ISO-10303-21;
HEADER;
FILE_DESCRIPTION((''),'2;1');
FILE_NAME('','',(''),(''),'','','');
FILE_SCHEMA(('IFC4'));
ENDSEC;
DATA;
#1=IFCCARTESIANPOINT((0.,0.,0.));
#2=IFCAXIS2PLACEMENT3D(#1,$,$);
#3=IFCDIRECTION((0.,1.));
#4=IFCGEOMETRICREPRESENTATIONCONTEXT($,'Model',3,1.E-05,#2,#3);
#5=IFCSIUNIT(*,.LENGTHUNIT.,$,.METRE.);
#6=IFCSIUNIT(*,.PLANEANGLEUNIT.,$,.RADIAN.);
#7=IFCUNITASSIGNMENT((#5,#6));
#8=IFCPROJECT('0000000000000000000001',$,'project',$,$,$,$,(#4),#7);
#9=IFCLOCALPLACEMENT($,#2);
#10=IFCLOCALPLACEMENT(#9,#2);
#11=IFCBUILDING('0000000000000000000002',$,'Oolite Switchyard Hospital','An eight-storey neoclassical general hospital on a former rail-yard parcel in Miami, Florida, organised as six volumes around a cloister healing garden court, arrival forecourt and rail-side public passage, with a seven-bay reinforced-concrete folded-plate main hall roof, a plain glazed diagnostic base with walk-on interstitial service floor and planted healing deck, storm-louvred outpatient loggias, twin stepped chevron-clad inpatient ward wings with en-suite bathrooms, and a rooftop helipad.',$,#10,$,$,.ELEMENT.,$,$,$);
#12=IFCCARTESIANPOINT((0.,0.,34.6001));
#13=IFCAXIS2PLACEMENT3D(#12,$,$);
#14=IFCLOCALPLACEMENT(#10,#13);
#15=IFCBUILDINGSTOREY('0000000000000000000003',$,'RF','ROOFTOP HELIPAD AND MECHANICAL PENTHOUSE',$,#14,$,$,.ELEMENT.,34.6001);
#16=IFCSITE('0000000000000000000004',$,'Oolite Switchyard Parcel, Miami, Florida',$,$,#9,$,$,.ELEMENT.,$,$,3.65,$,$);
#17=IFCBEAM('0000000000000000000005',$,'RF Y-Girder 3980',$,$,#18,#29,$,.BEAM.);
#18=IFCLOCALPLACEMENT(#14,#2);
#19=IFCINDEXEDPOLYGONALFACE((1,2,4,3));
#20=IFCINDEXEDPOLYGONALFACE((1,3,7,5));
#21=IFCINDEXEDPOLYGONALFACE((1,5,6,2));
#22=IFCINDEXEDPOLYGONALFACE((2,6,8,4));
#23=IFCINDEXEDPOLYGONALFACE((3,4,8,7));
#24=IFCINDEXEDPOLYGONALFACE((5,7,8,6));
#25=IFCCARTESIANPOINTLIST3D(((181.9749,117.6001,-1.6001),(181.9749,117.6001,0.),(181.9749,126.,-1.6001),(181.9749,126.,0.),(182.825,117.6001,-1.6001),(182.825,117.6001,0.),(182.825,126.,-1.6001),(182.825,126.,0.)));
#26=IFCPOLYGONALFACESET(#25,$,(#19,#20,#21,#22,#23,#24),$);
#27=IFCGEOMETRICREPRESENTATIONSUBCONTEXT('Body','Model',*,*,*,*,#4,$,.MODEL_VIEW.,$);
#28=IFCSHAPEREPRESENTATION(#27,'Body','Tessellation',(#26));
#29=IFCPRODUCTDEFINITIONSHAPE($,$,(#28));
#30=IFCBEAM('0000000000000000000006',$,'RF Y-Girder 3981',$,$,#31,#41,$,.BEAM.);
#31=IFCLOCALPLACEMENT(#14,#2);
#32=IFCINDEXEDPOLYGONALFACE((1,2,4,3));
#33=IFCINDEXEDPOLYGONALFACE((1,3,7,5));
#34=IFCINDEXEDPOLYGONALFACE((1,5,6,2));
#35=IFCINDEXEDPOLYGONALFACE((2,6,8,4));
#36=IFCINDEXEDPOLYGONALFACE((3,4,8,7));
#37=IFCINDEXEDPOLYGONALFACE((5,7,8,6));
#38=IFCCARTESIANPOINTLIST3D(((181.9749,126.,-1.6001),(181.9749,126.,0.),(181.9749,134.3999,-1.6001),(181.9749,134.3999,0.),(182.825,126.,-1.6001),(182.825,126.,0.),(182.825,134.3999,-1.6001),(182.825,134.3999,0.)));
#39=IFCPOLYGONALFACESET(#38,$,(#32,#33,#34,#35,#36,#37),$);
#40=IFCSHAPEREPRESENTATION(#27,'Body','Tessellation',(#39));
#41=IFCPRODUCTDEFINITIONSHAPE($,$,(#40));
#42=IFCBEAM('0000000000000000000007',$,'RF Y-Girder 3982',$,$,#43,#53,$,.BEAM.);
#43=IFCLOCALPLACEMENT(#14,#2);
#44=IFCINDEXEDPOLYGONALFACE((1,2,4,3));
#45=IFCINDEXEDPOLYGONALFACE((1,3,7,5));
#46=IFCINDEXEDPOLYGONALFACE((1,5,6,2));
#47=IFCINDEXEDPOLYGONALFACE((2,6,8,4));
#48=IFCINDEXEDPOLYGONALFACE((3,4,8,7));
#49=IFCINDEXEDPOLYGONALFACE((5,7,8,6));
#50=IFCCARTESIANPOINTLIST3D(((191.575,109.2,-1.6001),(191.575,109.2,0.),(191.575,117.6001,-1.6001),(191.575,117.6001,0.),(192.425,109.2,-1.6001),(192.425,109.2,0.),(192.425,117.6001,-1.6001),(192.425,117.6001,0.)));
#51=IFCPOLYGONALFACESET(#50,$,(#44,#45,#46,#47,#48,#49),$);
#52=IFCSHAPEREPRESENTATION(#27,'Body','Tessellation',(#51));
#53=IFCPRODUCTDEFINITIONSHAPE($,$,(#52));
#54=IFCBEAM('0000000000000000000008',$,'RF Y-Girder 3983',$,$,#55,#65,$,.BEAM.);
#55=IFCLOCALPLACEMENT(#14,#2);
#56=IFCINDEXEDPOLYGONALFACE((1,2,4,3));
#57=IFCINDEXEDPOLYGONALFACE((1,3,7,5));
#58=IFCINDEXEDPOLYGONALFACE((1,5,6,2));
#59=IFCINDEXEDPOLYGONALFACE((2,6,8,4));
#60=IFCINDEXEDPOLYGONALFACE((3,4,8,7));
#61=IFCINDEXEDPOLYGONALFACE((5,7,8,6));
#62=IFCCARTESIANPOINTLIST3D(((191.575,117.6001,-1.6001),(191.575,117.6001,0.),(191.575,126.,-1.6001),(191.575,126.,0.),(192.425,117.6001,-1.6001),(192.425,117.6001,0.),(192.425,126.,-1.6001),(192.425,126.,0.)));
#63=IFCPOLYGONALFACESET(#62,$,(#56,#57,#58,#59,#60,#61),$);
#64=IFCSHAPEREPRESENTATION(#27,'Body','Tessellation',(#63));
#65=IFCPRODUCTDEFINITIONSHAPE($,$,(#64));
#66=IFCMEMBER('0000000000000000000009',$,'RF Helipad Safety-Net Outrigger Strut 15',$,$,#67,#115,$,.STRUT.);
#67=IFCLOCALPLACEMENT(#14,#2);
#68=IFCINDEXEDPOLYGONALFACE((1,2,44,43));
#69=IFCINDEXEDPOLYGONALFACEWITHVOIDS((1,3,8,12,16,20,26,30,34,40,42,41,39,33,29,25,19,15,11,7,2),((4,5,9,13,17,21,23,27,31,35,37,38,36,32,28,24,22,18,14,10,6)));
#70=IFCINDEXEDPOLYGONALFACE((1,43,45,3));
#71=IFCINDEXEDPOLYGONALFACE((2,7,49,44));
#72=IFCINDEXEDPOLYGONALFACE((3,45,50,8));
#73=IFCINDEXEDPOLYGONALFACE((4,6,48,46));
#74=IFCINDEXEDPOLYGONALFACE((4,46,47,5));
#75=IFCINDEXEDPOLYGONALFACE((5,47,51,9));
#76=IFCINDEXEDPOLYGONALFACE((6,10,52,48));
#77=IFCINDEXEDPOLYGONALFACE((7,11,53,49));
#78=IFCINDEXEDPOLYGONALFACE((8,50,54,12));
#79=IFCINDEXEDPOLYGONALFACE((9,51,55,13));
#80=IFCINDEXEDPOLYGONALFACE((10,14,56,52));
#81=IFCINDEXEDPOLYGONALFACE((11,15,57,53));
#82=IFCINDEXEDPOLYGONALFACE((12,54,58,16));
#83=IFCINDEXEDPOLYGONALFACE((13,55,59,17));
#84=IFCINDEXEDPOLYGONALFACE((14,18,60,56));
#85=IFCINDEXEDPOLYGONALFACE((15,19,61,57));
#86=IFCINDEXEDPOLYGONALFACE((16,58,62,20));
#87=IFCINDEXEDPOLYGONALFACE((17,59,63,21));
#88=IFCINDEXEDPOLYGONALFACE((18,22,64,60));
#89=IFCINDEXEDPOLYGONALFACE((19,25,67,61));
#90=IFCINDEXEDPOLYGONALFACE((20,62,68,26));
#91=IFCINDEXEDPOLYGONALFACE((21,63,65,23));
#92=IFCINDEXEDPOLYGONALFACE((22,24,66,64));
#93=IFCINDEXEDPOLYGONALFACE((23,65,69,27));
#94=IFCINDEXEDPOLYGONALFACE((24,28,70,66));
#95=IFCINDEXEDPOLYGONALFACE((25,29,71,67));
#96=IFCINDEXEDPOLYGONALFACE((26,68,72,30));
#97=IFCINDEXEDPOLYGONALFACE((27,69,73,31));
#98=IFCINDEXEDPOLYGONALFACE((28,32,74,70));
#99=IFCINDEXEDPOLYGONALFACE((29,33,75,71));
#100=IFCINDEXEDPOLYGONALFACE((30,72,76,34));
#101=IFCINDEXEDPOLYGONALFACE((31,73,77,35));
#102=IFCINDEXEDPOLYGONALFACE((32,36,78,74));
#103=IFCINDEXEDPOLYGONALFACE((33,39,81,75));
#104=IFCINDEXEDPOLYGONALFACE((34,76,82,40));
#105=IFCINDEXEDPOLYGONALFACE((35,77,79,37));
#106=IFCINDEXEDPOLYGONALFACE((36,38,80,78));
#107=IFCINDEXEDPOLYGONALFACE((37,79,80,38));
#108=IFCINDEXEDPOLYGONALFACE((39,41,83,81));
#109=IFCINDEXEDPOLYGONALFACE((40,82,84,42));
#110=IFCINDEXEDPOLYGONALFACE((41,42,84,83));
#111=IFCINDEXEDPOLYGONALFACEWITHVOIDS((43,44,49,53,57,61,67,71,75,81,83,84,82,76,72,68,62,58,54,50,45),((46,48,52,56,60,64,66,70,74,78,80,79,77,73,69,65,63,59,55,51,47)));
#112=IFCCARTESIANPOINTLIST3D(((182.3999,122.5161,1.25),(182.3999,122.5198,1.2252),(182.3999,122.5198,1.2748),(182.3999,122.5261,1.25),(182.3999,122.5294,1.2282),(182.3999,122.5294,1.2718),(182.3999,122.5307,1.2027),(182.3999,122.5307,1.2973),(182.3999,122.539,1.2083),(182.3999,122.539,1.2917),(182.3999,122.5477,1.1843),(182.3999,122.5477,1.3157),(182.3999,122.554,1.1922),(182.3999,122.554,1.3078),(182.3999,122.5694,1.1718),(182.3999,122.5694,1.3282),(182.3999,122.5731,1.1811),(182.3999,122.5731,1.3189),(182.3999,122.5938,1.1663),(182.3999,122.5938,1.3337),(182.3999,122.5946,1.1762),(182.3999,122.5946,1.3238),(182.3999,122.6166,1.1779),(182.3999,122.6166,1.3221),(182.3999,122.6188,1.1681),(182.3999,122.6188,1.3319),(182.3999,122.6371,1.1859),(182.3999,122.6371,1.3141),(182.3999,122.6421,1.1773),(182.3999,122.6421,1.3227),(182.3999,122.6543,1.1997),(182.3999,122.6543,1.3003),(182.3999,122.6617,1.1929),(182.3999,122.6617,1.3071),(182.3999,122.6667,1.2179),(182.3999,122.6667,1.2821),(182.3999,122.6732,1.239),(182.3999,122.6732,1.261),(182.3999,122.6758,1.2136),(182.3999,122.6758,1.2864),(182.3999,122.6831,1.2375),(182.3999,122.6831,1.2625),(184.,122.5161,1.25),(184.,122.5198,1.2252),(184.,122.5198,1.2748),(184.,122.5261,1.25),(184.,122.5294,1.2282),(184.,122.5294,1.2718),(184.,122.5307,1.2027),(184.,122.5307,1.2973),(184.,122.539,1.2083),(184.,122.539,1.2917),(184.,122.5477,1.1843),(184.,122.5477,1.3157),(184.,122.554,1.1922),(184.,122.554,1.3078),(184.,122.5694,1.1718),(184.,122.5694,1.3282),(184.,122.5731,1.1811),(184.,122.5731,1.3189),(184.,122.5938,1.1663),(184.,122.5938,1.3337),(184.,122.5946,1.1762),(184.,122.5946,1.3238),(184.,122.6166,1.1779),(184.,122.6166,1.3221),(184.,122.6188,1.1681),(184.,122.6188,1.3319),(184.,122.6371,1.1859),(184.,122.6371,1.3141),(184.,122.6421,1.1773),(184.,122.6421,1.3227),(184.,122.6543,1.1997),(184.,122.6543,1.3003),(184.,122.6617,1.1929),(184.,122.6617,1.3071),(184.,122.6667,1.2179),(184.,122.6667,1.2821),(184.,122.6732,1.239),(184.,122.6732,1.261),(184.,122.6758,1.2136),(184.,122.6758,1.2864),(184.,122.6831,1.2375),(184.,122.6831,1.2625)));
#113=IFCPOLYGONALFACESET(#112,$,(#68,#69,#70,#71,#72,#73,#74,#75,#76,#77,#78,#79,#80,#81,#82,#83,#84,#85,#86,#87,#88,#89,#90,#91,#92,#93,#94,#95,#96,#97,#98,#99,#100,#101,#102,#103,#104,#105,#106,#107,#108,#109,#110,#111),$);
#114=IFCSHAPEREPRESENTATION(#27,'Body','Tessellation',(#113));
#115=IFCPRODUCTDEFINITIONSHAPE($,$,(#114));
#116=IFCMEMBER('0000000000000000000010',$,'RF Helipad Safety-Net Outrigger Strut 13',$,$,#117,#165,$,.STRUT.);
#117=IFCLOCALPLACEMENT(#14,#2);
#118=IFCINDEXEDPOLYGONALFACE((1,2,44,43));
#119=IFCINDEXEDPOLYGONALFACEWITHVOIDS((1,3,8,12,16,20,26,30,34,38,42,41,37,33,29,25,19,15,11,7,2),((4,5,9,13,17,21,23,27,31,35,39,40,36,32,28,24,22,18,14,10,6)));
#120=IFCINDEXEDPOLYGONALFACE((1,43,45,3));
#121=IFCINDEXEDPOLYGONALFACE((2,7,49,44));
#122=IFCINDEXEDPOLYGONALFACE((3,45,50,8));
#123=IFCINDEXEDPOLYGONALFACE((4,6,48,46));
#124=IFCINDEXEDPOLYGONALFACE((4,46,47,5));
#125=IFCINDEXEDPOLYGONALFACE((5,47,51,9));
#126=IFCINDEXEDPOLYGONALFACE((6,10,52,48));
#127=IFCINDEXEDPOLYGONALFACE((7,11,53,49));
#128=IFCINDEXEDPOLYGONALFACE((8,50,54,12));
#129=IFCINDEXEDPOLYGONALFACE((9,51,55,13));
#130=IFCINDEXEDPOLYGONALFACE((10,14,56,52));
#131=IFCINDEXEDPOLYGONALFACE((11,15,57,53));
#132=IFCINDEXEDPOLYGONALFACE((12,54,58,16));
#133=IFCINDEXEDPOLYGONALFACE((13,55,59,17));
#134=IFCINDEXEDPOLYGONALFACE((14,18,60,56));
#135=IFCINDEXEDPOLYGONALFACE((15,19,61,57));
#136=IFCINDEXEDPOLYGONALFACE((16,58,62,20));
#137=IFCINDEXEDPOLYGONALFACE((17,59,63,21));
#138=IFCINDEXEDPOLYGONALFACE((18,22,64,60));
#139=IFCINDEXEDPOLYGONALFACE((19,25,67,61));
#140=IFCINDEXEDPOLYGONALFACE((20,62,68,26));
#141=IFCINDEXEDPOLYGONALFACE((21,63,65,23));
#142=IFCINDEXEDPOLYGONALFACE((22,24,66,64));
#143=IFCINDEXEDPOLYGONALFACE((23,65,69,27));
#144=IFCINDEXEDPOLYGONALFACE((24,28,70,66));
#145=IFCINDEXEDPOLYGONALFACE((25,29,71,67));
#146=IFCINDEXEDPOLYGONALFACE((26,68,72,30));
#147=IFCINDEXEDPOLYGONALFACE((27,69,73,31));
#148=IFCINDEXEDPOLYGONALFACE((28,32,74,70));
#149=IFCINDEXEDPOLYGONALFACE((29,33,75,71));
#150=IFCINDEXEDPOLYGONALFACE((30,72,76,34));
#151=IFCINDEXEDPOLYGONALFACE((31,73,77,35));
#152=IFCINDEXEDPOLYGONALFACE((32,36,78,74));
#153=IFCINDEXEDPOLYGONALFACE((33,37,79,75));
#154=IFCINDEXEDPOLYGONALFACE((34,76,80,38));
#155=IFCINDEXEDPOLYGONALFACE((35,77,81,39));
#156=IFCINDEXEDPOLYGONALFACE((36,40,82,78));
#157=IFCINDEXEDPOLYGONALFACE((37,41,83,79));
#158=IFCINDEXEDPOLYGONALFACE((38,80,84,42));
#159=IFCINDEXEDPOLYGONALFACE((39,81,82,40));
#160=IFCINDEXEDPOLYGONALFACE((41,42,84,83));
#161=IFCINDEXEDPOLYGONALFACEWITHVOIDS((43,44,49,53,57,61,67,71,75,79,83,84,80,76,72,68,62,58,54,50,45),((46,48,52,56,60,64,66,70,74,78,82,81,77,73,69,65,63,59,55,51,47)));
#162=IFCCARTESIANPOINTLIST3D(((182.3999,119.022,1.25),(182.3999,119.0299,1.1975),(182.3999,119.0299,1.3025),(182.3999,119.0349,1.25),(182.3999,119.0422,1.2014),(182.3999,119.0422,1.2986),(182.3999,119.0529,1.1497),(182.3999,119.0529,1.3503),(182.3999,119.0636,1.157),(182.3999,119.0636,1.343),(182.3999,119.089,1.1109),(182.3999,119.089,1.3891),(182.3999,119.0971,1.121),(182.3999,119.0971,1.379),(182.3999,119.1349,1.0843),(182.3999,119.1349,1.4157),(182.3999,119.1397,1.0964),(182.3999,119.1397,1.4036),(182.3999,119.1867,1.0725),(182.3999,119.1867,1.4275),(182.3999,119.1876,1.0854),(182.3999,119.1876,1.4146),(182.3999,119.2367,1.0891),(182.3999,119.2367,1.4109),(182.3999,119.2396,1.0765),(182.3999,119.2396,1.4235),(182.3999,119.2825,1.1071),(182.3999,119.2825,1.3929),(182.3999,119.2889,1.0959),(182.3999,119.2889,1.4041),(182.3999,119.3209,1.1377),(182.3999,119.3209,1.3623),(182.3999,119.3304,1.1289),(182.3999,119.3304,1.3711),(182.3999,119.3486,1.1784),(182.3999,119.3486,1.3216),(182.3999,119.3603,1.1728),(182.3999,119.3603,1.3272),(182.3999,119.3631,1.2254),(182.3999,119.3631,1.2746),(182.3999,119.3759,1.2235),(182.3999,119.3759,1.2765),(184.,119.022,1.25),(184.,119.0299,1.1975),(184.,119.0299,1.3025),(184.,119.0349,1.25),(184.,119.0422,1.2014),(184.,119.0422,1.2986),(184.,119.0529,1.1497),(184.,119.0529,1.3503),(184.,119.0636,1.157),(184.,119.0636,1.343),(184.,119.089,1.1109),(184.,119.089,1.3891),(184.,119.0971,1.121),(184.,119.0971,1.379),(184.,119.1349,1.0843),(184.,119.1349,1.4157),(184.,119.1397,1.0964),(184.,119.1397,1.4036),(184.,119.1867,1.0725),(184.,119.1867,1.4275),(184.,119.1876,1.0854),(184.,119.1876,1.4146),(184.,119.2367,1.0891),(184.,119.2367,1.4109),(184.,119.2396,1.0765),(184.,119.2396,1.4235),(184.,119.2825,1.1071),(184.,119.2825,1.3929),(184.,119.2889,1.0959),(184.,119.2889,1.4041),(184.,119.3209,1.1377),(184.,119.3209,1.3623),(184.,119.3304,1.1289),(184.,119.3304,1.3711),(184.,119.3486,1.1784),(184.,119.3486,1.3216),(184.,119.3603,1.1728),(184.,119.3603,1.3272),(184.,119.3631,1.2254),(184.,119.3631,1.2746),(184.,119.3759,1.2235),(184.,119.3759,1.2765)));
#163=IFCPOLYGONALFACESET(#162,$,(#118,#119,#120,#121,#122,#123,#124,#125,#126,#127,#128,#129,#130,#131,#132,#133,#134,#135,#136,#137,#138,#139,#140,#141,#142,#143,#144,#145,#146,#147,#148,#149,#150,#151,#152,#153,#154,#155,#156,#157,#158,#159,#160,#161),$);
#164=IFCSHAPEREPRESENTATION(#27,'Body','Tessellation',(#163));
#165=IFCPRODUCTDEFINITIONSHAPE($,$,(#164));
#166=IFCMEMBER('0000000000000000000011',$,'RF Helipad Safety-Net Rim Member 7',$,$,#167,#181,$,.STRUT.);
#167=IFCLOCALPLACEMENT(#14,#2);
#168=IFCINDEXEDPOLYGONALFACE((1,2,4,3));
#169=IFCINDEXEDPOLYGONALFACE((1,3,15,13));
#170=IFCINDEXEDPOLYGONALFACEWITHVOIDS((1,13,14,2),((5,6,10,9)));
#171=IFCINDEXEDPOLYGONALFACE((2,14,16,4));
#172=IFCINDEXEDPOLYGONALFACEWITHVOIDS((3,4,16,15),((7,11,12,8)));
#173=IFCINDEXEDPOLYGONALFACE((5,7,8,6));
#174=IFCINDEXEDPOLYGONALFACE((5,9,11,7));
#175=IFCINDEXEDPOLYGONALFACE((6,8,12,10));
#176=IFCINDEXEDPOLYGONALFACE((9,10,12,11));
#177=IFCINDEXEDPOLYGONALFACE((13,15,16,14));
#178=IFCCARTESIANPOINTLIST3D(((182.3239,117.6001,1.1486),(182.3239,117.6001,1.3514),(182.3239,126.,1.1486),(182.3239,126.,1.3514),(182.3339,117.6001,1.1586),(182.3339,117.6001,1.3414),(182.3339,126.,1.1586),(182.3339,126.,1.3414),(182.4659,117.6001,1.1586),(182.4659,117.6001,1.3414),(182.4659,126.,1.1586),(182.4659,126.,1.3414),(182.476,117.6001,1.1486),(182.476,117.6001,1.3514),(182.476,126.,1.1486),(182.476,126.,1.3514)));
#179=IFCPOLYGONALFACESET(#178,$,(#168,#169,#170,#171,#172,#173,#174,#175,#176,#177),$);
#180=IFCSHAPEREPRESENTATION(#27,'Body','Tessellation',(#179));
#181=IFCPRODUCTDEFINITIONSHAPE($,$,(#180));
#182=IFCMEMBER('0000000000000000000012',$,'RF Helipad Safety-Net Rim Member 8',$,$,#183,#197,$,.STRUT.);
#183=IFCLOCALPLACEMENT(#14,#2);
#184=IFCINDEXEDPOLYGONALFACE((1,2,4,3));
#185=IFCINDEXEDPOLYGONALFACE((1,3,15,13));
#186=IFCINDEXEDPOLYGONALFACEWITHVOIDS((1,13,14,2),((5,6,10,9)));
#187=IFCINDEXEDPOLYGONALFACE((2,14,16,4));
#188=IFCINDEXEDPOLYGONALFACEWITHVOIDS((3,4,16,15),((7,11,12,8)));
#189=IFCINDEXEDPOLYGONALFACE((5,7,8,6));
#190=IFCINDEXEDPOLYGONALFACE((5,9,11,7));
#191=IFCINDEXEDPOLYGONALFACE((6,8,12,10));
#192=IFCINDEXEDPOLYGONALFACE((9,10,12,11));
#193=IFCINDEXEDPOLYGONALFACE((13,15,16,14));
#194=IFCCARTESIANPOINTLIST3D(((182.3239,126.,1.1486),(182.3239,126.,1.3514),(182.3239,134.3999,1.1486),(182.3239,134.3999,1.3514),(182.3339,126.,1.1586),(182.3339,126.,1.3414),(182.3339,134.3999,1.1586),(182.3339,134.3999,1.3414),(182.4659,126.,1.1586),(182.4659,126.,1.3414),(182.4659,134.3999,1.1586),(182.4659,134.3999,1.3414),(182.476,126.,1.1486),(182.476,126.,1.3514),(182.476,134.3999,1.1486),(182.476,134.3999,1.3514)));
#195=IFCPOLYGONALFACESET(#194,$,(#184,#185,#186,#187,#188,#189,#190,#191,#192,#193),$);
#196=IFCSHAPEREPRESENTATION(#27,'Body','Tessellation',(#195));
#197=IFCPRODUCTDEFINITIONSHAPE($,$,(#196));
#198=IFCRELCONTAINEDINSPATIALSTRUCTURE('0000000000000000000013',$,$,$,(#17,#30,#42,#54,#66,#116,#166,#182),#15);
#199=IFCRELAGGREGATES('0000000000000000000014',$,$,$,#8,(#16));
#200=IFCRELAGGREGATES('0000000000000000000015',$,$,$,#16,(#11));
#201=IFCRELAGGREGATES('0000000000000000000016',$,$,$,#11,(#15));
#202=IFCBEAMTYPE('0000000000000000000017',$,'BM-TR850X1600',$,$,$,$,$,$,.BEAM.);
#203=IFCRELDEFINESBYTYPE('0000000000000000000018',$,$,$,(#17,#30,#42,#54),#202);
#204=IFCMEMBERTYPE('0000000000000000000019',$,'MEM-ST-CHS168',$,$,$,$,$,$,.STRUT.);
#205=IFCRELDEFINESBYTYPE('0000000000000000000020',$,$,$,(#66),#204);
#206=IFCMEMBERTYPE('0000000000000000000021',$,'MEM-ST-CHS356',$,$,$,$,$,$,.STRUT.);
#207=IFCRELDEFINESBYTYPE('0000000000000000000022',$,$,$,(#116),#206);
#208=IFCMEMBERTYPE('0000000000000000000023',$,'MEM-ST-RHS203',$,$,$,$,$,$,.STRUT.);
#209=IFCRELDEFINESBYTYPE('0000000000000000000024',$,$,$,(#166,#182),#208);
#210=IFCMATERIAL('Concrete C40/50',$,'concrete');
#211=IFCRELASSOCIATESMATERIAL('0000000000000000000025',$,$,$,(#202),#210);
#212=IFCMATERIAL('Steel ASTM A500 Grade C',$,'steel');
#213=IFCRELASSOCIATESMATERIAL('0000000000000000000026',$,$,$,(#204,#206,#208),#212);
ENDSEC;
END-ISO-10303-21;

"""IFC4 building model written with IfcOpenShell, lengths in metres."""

from ifc_helpers import new_model, si_unit, direction, frame, origin, origin_2d, place, context, subcontext, project, spatial, rectangle, hollow_rectangle, hollow_circle, extrude, material, material_profile, profile_set, type_object, element, save


model = new_model("IFC4")

# Units and contexts
model_context = context("Model", 3, precision=1e-05, world=origin(), true_north=direction((0.0, 1.0)))
body_context = subcontext(model_context, "Body", "Model", "MODEL_VIEW")
ifc_project = project(units=[si_unit("LENGTHUNIT", "METRE"), si_unit("PLANEANGLEUNIT", "RADIAN")], contexts=[model_context])

# Site, building, storey
site_placement = place(None, origin())
site = spatial("IfcSite", under=ifc_project, at=site_placement, Name="Oolite Switchyard Parcel, Miami, Florida", CompositionType="ELEMENT", RefElevation=3.65)
building_placement = place(site_placement, origin())
building = spatial("IfcBuilding", under=site, at=building_placement, Name="Oolite Switchyard Hospital", Description="An eight-storey neoclassical general hospital on a former rail-yard parcel in Miami, Florida, organised as six volumes around a cloister healing garden court, arrival forecourt and rail-side public passage, with a seven-bay reinforced-concrete folded-plate main hall roof, a plain glazed diagnostic base with walk-on interstitial service floor and planted healing deck, storm-louvred outpatient loggias, twin stepped chevron-clad inpatient ward wings with en-suite bathrooms, and a rooftop helipad.", CompositionType="ELEMENT")
storey_placement = place(building_placement, frame((0.0, 0.0, 34.6001)))
storey = spatial("IfcBuildingStorey", under=building, at=storey_placement, Name="RF", Description="ROOFTOP HELIPAD AND MECHANICAL PENTHOUSE", CompositionType="ELEMENT", Elevation=34.6001)

# Shared definitions
ifc_material_1 = material(Name="Steel ASTM A500 Grade C", Category="steel")

# Beams
ifc_material_2 = material(Name="Concrete C40/50", Category="concrete")
ifc_material_profile_1 = material_profile(ifc_material_2, rectangle(XDim=0.8501, YDim=1.6001, at=origin_2d()), Name="RCT850X1600")
ifc_profile_set_1 = profile_set([ifc_material_profile_1], Name="Concrete C40/50")
beam_type_1 = type_object("IfcBeamType", Name="BM-TR850X1600", PredefinedType="BEAM", material=ifc_profile_set_1)
for number, where, z_axis, x_axis, name in (
    (1, (182.3999, 117.6001, -0.8), (0.0, 1.0, 0.0), (-1.0, 0.0, 0.0), "RF Y-Girder 3980"),
    (2, (182.3999, 126.0, -0.8), (0.0, 1.0, 0.0), (-1.0, 0.0, 0.0), "RF Y-Girder 3981"),
):
    element("IfcBeam", number, at=place(storey_placement, frame(where, z_axis=z_axis, x_axis=x_axis)), inside=storey, type_object=beam_type_1, Name=name, PredefinedType="BEAM", context=body_context, shape_type="SweptSolid", body=[
        extrude(rectangle(XDim=0.8501, YDim=1.6001, at=origin_2d()), origin(), (0.0, 0.0, 1.0), 8.3999),
    ])
beam_1_placement = place(storey_placement, frame((192.0, 109.2, -0.8), z_axis=(0.0, 1.0, 0.0), x_axis=(-1.0, 0.0, 0.0)))
element("IfcBeam", 3, at=beam_1_placement, inside=storey, type_object=beam_type_1, Name="RF Y-Girder 3982", PredefinedType="BEAM", context=body_context, shape_type="SweptSolid", body=[
    extrude(rectangle(XDim=0.8501, YDim=1.6001, at=origin_2d()), origin(), (0.0, 0.0, 1.0), 8.4001),
])
beam_2_placement = place(storey_placement, frame((192.0, 117.6001, -0.8), z_axis=(0.0, 1.0, 0.0), x_axis=(-1.0, 0.0, 0.0)))
element("IfcBeam", 4, at=beam_2_placement, inside=storey, type_object=beam_type_1, Name="RF Y-Girder 3983", PredefinedType="BEAM", context=body_context, shape_type="SweptSolid", body=[
    extrude(rectangle(XDim=0.8501, YDim=1.6001, at=origin_2d()), origin(), (0.0, 0.0, 1.0), 8.3999),
])

# Members
ifc_material_profile_2 = material_profile(ifc_material_1, hollow_circle(Radius=0.084, WallThickness=0.01, at=origin_2d()), Name="HSS168X10")
ifc_profile_set_2 = profile_set([ifc_material_profile_2], Name="Steel ASTM A500 Grade C")
member_type_1 = type_object("IfcMemberType", Name="MEM-ST-CHS168", PredefinedType="STRUT", material=ifc_profile_set_2)
member_1_placement = place(storey_placement, frame((184.0, 122.6001, 1.25), z_axis=(-1.0, 0.0, 0.0), x_axis=(0.0, -1.0, 0.0)))
element("IfcMember", 5, at=member_1_placement, inside=storey, type_object=member_type_1, Name="RF Helipad Safety-Net Outrigger Strut 15", PredefinedType="STRUT", context=body_context, shape_type="SweptSolid", body=[
    extrude(hollow_circle(Radius=0.084, WallThickness=0.01, at=origin_2d()), origin(), (0.0, 0.0, 1.0), 1.6001),
])
ifc_material_profile_3 = material_profile(ifc_material_1, hollow_circle(Radius=0.178, WallThickness=0.0129, at=origin_2d()), Name="HSS356X13")
ifc_profile_set_3 = profile_set([ifc_material_profile_3], Name="Steel ASTM A500 Grade C")
member_type_2 = type_object("IfcMemberType", Name="MEM-ST-CHS356", PredefinedType="STRUT", material=ifc_profile_set_3)
member_2_placement = place(storey_placement, frame((184.0, 119.2, 1.25), z_axis=(-1.0, 0.0, 0.0), x_axis=(0.0, -1.0, 0.0)))
element("IfcMember", 6, at=member_2_placement, inside=storey, type_object=member_type_2, Name="RF Helipad Safety-Net Outrigger Strut 13", PredefinedType="STRUT", context=body_context, shape_type="SweptSolid", body=[
    extrude(hollow_circle(Radius=0.178, WallThickness=0.0129, at=origin_2d()), origin(), (0.0, 0.0, 1.0), 1.6001),
])
ifc_material_profile_4 = material_profile(ifc_material_1, hollow_rectangle(XDim=0.1521, YDim=0.2029, WallThickness=0.01, at=origin_2d()), Name="HSS203X152X10")
ifc_profile_set_4 = profile_set([ifc_material_profile_4], Name="Steel ASTM A500 Grade C")
member_type_3 = type_object("IfcMemberType", Name="MEM-ST-RHS203", PredefinedType="STRUT", material=ifc_profile_set_4)
for number, where, z_axis, x_axis, name in (
    (7, (182.3999, 117.6001, 1.25), (0.0, 1.0, 0.0), (-1.0, 0.0, 0.0), "RF Helipad Safety-Net Rim Member 7"),
    (8, (182.3999, 126.0, 1.25), (0.0, 1.0, 0.0), (-1.0, 0.0, 0.0), "RF Helipad Safety-Net Rim Member 8"),
):
    element("IfcMember", number, at=place(storey_placement, frame(where, z_axis=z_axis, x_axis=x_axis)), inside=storey, type_object=member_type_3, Name=name, PredefinedType="STRUT", context=body_context, shape_type="SweptSolid", body=[
        extrude(hollow_rectangle(XDim=0.1521, YDim=0.2029, WallThickness=0.01, at=origin_2d()), origin(), (0.0, 0.0, 1.0), 8.3999),
    ])

save(model, "model.ifc")
